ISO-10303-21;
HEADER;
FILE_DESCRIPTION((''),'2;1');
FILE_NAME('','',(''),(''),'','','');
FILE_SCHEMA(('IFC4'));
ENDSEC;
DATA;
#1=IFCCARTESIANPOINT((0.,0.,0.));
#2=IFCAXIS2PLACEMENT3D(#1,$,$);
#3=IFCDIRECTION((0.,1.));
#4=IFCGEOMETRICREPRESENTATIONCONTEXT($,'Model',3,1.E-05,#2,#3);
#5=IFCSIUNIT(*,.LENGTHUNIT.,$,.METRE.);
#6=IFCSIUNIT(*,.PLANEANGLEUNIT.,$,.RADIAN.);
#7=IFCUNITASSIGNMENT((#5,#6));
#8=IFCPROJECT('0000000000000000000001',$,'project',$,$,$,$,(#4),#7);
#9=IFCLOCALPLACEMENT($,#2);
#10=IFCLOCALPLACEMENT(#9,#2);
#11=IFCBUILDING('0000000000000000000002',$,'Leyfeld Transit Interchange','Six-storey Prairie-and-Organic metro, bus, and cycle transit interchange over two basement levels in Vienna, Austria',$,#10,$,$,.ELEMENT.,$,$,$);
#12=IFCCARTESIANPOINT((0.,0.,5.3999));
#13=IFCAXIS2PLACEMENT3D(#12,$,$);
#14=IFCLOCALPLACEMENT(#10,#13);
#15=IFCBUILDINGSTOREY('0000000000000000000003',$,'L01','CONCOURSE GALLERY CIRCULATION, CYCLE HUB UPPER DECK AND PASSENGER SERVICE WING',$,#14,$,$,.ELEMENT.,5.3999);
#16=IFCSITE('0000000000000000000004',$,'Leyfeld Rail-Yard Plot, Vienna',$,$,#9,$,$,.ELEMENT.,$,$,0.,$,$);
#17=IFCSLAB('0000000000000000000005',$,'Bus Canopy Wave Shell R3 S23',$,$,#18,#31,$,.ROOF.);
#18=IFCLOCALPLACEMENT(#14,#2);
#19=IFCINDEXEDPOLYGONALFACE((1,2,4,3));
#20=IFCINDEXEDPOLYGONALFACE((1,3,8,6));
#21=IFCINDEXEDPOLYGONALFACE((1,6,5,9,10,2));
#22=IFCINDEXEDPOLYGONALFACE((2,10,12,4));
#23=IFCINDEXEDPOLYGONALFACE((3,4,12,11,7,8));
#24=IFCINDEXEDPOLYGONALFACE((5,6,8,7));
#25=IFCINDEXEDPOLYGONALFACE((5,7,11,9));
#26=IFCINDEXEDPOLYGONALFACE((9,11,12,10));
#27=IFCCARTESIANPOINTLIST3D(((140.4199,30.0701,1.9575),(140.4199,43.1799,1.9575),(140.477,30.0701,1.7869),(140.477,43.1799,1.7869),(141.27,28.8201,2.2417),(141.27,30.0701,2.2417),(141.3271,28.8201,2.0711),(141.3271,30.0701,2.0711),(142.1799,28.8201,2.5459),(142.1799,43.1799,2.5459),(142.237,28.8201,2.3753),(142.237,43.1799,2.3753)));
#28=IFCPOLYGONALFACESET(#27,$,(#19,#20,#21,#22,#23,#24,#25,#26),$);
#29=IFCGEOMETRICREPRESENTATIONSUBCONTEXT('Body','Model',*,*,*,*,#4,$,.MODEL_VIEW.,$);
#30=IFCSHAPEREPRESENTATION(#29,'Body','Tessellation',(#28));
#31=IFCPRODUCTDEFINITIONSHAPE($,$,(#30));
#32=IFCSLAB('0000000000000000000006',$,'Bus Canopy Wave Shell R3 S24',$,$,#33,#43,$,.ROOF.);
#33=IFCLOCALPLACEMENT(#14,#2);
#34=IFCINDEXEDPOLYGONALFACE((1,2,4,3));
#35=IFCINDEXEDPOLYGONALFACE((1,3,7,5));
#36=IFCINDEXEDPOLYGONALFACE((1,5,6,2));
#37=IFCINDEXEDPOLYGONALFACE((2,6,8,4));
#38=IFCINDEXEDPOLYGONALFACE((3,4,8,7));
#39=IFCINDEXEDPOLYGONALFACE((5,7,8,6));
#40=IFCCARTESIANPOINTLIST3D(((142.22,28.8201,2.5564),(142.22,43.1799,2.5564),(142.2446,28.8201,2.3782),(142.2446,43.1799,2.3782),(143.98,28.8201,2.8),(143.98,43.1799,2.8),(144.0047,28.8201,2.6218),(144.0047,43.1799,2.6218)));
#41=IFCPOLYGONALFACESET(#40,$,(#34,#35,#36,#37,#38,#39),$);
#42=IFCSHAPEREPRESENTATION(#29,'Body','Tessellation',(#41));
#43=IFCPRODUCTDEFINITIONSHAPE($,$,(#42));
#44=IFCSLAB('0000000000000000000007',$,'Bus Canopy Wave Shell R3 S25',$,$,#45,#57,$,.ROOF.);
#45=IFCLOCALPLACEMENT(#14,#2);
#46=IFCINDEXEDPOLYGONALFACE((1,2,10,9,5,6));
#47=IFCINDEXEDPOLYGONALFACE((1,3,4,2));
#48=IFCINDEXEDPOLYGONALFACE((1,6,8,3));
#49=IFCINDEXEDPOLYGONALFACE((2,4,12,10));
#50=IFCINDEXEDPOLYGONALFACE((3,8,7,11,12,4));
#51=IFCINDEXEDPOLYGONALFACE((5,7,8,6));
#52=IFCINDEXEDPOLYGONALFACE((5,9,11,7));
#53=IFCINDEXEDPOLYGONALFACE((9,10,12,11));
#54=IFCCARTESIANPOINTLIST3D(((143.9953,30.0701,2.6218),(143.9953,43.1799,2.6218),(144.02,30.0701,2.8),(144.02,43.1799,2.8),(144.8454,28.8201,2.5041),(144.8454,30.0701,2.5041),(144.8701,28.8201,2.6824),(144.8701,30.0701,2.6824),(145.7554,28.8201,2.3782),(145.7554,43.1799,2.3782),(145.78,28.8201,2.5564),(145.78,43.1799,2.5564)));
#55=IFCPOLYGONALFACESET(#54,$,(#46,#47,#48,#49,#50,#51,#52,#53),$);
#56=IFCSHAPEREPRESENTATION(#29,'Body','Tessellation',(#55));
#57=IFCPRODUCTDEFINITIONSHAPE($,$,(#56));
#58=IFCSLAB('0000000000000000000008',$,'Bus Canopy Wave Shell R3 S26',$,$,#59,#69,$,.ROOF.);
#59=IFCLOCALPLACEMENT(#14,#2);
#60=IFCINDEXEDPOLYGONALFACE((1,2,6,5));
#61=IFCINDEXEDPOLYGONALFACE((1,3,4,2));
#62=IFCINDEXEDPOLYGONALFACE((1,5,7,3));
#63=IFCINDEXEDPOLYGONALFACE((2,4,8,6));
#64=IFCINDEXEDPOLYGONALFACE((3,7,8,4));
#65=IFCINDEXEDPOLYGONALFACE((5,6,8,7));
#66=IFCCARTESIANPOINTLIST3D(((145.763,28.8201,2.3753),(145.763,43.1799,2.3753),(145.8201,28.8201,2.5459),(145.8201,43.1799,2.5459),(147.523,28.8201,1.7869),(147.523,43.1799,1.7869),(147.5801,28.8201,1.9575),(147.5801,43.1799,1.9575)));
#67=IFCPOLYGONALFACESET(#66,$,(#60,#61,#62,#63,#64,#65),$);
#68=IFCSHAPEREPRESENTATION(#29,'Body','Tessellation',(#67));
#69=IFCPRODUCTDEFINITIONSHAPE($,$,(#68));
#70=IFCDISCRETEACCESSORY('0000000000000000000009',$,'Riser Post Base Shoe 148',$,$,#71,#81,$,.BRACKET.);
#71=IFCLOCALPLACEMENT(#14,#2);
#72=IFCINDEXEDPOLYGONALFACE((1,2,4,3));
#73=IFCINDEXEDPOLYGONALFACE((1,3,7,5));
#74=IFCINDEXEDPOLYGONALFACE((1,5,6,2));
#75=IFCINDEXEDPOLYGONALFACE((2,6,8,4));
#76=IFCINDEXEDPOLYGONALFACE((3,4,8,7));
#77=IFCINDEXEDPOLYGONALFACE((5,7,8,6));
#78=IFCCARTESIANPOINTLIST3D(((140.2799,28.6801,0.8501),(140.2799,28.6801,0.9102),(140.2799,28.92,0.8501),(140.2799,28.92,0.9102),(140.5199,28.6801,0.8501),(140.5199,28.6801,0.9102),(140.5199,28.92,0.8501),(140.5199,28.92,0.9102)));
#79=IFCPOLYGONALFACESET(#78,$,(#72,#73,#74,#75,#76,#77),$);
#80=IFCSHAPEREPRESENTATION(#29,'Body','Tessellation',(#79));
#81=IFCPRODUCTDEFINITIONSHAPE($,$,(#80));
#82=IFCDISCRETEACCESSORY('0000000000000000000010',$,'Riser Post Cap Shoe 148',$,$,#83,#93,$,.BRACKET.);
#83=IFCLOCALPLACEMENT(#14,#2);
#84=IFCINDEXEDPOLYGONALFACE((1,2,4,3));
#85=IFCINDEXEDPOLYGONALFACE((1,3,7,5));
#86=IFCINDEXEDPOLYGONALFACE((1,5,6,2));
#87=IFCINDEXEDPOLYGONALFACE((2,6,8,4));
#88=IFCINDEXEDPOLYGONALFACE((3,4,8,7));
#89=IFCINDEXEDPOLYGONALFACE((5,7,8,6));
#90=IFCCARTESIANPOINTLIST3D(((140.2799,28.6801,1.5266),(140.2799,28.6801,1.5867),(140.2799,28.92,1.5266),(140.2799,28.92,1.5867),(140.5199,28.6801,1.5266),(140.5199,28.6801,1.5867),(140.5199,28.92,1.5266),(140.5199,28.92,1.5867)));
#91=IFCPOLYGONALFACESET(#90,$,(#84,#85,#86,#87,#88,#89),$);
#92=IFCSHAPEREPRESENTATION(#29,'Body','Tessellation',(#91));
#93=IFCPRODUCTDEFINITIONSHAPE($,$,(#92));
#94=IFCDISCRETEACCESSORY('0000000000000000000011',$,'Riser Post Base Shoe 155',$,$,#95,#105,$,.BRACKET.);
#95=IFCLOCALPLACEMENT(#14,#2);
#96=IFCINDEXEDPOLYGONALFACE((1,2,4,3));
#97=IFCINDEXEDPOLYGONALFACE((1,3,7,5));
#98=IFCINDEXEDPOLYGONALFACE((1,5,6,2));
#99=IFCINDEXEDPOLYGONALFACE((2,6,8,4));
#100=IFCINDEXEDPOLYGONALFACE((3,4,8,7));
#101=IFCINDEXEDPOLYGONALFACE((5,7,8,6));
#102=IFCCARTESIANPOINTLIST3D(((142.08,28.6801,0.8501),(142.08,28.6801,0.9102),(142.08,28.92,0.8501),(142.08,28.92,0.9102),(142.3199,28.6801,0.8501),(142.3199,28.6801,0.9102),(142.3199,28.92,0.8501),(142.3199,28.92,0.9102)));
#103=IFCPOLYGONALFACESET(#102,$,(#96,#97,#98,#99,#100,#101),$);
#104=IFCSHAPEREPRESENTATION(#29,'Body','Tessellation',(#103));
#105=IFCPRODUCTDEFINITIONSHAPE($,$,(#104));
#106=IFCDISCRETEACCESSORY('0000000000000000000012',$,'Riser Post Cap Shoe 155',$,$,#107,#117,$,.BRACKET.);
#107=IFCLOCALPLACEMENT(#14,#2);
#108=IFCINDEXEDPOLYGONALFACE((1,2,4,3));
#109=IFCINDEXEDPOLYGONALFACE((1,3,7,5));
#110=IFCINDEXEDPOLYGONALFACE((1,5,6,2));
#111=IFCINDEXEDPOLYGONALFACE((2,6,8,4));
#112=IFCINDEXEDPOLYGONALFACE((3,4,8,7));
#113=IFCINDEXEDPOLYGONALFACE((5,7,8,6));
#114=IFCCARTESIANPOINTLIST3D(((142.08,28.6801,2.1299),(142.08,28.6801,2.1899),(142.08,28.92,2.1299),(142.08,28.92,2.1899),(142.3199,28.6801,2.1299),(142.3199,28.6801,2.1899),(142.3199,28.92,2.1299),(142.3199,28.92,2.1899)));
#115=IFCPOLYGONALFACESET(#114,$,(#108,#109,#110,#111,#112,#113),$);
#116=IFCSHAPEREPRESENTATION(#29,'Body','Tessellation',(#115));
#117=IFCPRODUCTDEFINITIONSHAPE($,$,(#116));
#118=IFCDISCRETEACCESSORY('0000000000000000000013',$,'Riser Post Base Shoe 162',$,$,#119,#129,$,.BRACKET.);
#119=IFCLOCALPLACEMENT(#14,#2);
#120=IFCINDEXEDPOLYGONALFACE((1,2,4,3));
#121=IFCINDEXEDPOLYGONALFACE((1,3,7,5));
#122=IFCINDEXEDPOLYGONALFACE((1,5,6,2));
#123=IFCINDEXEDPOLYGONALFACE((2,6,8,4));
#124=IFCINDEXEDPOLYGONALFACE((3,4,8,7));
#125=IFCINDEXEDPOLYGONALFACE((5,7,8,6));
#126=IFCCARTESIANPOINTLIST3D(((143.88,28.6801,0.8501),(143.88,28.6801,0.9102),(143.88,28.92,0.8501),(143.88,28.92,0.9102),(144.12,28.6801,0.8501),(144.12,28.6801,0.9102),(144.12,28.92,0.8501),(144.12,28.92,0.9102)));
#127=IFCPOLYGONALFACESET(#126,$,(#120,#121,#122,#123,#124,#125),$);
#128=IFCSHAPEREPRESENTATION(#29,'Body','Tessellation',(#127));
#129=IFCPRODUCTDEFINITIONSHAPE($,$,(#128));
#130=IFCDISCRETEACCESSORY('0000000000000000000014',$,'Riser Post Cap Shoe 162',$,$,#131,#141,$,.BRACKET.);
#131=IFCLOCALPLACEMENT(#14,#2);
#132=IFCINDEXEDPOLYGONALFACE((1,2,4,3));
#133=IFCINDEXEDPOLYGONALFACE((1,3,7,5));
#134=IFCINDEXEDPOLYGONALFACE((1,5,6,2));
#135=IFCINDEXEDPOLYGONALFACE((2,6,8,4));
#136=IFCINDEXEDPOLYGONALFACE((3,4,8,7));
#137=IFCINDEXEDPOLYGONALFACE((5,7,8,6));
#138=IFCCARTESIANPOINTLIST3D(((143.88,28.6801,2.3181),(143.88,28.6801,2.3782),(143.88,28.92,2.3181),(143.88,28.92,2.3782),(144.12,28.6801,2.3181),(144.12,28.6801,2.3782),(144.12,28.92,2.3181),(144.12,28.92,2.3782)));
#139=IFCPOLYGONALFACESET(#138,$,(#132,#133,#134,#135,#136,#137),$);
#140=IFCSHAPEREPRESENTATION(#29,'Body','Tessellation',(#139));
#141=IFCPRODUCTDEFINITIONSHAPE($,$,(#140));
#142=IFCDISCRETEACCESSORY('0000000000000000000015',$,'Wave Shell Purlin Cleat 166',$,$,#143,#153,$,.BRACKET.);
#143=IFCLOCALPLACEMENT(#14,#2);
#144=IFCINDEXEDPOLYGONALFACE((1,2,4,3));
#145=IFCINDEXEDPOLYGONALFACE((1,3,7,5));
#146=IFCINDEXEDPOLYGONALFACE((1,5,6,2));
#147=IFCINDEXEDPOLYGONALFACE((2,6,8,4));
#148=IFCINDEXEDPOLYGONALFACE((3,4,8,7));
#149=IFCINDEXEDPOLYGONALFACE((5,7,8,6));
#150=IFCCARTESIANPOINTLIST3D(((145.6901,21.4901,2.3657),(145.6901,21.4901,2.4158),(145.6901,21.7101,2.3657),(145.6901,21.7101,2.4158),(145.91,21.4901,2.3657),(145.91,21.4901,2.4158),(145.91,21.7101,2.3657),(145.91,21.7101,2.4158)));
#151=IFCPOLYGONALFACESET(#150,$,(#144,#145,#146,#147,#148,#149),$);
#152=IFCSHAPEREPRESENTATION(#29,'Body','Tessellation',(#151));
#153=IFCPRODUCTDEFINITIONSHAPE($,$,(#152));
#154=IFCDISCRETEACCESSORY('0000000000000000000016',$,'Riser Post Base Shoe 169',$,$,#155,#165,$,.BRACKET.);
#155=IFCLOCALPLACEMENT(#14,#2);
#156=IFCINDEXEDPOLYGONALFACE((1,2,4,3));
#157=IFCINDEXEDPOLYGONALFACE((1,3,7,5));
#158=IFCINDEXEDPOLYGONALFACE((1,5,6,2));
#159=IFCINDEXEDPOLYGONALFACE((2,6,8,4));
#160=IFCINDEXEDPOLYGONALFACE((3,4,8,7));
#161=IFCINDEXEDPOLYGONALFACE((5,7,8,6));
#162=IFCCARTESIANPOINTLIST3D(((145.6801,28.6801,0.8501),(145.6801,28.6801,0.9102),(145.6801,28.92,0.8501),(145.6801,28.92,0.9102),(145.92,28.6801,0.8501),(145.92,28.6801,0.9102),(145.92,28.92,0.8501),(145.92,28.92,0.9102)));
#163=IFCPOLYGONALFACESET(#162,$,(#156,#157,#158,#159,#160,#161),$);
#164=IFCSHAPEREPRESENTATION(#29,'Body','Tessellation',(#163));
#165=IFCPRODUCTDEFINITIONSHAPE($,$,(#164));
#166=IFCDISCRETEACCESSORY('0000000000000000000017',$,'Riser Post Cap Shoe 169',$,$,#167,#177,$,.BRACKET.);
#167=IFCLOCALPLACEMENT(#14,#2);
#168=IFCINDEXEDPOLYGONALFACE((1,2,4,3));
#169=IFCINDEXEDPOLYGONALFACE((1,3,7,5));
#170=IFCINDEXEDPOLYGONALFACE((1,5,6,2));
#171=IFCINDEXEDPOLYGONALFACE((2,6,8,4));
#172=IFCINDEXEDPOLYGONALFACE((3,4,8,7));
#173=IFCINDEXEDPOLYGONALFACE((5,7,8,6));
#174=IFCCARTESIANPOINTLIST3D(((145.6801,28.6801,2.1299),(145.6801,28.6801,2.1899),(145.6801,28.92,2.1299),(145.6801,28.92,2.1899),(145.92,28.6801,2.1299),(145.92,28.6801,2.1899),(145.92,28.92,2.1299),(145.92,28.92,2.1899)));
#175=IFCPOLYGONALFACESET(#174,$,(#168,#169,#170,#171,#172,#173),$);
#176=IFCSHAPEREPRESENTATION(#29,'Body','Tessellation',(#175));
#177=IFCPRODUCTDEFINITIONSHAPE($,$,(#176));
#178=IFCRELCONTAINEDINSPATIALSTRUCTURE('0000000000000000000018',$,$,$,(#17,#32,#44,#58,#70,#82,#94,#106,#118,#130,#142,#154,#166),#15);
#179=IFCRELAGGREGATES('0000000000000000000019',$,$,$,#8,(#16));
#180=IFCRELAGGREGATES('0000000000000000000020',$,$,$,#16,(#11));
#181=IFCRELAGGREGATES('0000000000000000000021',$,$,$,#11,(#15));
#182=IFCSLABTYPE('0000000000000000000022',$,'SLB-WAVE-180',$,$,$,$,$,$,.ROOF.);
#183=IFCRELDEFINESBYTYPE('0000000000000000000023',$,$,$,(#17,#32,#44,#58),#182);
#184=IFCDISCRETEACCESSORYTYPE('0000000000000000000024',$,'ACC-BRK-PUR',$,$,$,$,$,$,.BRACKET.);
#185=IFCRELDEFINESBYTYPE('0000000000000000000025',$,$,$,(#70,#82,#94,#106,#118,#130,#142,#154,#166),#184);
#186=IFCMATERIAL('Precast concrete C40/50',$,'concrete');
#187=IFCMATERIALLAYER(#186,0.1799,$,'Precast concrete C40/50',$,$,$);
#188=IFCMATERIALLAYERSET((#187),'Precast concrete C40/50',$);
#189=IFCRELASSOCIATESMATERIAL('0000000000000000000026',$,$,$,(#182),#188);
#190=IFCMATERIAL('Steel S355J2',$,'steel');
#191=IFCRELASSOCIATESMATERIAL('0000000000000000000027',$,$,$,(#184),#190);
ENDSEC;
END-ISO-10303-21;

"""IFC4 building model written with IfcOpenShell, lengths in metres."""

from ifc_helpers import new_model, si_unit, direction, frame, origin, origin_2d, place, context, subcontext, project, spatial, polyline, rectangle, outline, extrude, material, layer, layer_set, type_object, element, save


model = new_model("IFC4")

# Units and contexts
model_context = context("Model", 3, precision=1e-05, world=origin(), true_north=direction((0.0, 1.0)))
body_context = subcontext(model_context, "Body", "Model", "MODEL_VIEW")
ifc_project = project(units=[si_unit("LENGTHUNIT", "METRE"), si_unit("PLANEANGLEUNIT", "RADIAN")], contexts=[model_context])

# Site, building, storey
site_placement = place(None, origin())
site = spatial("IfcSite", under=ifc_project, at=site_placement, Name="Leyfeld Rail-Yard Plot, Vienna", CompositionType="ELEMENT", RefElevation=0.0)
building_placement = place(site_placement, origin())
building = spatial("IfcBuilding", under=site, at=building_placement, Name="Leyfeld Transit Interchange", Description="Six-storey Prairie-and-Organic metro, bus, and cycle transit interchange over two basement levels in Vienna, Austria", CompositionType="ELEMENT")
storey_placement = place(building_placement, frame((0.0, 0.0, 5.3999)))
storey = spatial("IfcBuildingStorey", under=building, at=storey_placement, Name="L01", Description="CONCOURSE GALLERY CIRCULATION, CYCLE HUB UPPER DECK AND PASSENGER SERVICE WING", CompositionType="ELEMENT", Elevation=5.3999)

# Shared definitions
ifc_material_1 = material(Name="Steel S355J2", Category="steel")

# Slabs
ifc_material_2 = material(Name="Precast concrete C40/50", Category="concrete")
ifc_layer = layer(ifc_material_2, 0.1799, Name="Precast concrete C40/50")
ifc_layer_set = layer_set([ifc_layer], Name="Precast concrete C40/50")
slab_type = type_object("IfcSlabType", Name="SLB-WAVE-180", PredefinedType="ROOF", material=ifc_layer_set)
slab_1_placement = place(storey_placement, frame((140.4199, 30.0701, 1.9575), z_axis=(-0.317057, 0.0, 0.948406), x_axis=(0.948406, 0.0, 0.317057)))
element("IfcSlab", 1, at=slab_1_placement, inside=storey, type_object=slab_type, Name="Bus Canopy Wave Shell R3 S23", PredefinedType="ROOF", context=body_context, shape_type="SweptSolid", body=[
    extrude(outline(polyline([(0.0, 0.0), (0.8963, 0.0), (0.8963, -1.25), (1.8558, -1.25), (1.8558, 13.1099), (0.0, 13.1099), (0.0, 0.0)])), origin(), (0.0, 0.0, -1.0), 0.1799),
])
slab_2_placement = place(storey_placement, frame((142.22, 28.8201, 2.5564), z_axis=(-0.13713, 0.0, 0.990553), x_axis=(0.990553, 0.0, 0.13713)))
element("IfcSlab", 2, at=slab_2_placement, inside=storey, type_object=slab_type, Name="Bus Canopy Wave Shell R3 S24", PredefinedType="ROOF", context=body_context, shape_type="SweptSolid", body=[
    extrude(outline(polyline([(0.0, 0.0), (1.7768, 0.0), (1.7768, 14.3599), (0.0, 14.3599), (0.0, 0.0)])), origin(), (0.0, 0.0, -1.0), 0.1799),
])
slab_3_placement = place(storey_placement, frame((144.02, 30.0701, 2.8), z_axis=(0.137131, 0.0, 0.990553), x_axis=(0.990553, 0.0, -0.137131)))
element("IfcSlab", 3, at=slab_3_placement, inside=storey, type_object=slab_type, Name="Bus Canopy Wave Shell R3 S25", PredefinedType="ROOF", context=body_context, shape_type="SweptSolid", body=[
    extrude(outline(polyline([(0.0, 0.0), (0.8582, 0.0), (0.8582, -1.25), (1.7768, -1.25), (1.7768, 13.1099), (0.0, 13.1099), (0.0, 0.0)])), origin(), (0.0, 0.0, -1.0), 0.1799),
])
slab_4_placement = place(storey_placement, frame((145.8201, 28.8201, 2.5459), z_axis=(0.317056, 0.0, 0.948407), x_axis=(0.948407, 0.0, -0.317056)))
element("IfcSlab", 4, at=slab_4_placement, inside=storey, type_object=slab_type, Name="Bus Canopy Wave Shell R3 S26", PredefinedType="ROOF", context=body_context, shape_type="SweptSolid", body=[
    extrude(outline(polyline([(0.0, 0.0), (1.8558, 0.0), (1.8558, 14.3599), (0.0, 14.3599), (0.0, 0.0)])), origin(), (0.0, 0.0, -1.0), 0.1799),
])

# Discrete accessories
discrete_accessory_type = type_object("IfcDiscreteAccessoryType", Name="ACC-BRK-PUR", PredefinedType="BRACKET", material=ifc_material_1)
for number, where, z_axis, x_axis, name in (
    (5, (140.3999, 28.8, 0.8501), (0.0, 0.0, 1.0), (1.0, 0.0, 0.0), "Riser Post Base Shoe 148"),
    (6, (140.3999, 28.8, 1.5266), (0.0, 0.0, 1.0), (1.0, 0.0, 0.0), "Riser Post Cap Shoe 148"),
    (7, (142.2, 28.8, 0.8501), (0.0, 0.0, 1.0), (1.0, 0.0, 0.0), "Riser Post Base Shoe 155"),
    (8, (142.2, 28.8, 2.1299), (0.0, 0.0, 1.0), (1.0, 0.0, 0.0), "Riser Post Cap Shoe 155"),
    (9, (144.0, 28.8, 0.8501), (0.0, 0.0, 1.0), (1.0, 0.0, 0.0), "Riser Post Base Shoe 162"),
    (10, (144.0, 28.8, 2.3181), (0.0, 0.0, 1.0), (1.0, 0.0, 0.0), "Riser Post Cap Shoe 162"),
):
    element("IfcDiscreteAccessory", number, at=place(storey_placement, frame(where, z_axis=z_axis, x_axis=x_axis)), inside=storey, type_object=discrete_accessory_type, Name=name, PredefinedType="BRACKET", context=body_context, shape_type="SweptSolid", body=[
        extrude(rectangle(XDim=0.24, YDim=0.24, at=origin_2d()), origin(), (0.0, 0.0, 1.0), 0.0601),
    ])
discrete_accessory_placement = place(storey_placement, frame((145.8, 21.6001, 2.3657), z_axis=(0.0, 0.0, 1.0), x_axis=(1.0, 0.0, 0.0)))
element("IfcDiscreteAccessory", 11, at=discrete_accessory_placement, inside=storey, type_object=discrete_accessory_type, Name="Wave Shell Purlin Cleat 166", PredefinedType="BRACKET", context=body_context, shape_type="SweptSolid", body=[
    extrude(rectangle(XDim=0.22, YDim=0.22, at=origin_2d()), origin(), (0.0, 0.0, 1.0), 0.05),
])
for number, where, z_axis, x_axis, name in (
    (12, (145.8, 28.8, 0.8501), (0.0, 0.0, 1.0), (1.0, 0.0, 0.0), "Riser Post Base Shoe 169"),
    (13, (145.8, 28.8, 2.1299), (0.0, 0.0, 1.0), (1.0, 0.0, 0.0), "Riser Post Cap Shoe 169"),
):
    element("IfcDiscreteAccessory", number, at=place(storey_placement, frame(where, z_axis=z_axis, x_axis=x_axis)), inside=storey, type_object=discrete_accessory_type, Name=name, PredefinedType="BRACKET", context=body_context, shape_type="SweptSolid", body=[
        extrude(rectangle(XDim=0.24, YDim=0.24, at=origin_2d()), origin(), (0.0, 0.0, 1.0), 0.0601),
    ])

save(model, "model.ifc")
